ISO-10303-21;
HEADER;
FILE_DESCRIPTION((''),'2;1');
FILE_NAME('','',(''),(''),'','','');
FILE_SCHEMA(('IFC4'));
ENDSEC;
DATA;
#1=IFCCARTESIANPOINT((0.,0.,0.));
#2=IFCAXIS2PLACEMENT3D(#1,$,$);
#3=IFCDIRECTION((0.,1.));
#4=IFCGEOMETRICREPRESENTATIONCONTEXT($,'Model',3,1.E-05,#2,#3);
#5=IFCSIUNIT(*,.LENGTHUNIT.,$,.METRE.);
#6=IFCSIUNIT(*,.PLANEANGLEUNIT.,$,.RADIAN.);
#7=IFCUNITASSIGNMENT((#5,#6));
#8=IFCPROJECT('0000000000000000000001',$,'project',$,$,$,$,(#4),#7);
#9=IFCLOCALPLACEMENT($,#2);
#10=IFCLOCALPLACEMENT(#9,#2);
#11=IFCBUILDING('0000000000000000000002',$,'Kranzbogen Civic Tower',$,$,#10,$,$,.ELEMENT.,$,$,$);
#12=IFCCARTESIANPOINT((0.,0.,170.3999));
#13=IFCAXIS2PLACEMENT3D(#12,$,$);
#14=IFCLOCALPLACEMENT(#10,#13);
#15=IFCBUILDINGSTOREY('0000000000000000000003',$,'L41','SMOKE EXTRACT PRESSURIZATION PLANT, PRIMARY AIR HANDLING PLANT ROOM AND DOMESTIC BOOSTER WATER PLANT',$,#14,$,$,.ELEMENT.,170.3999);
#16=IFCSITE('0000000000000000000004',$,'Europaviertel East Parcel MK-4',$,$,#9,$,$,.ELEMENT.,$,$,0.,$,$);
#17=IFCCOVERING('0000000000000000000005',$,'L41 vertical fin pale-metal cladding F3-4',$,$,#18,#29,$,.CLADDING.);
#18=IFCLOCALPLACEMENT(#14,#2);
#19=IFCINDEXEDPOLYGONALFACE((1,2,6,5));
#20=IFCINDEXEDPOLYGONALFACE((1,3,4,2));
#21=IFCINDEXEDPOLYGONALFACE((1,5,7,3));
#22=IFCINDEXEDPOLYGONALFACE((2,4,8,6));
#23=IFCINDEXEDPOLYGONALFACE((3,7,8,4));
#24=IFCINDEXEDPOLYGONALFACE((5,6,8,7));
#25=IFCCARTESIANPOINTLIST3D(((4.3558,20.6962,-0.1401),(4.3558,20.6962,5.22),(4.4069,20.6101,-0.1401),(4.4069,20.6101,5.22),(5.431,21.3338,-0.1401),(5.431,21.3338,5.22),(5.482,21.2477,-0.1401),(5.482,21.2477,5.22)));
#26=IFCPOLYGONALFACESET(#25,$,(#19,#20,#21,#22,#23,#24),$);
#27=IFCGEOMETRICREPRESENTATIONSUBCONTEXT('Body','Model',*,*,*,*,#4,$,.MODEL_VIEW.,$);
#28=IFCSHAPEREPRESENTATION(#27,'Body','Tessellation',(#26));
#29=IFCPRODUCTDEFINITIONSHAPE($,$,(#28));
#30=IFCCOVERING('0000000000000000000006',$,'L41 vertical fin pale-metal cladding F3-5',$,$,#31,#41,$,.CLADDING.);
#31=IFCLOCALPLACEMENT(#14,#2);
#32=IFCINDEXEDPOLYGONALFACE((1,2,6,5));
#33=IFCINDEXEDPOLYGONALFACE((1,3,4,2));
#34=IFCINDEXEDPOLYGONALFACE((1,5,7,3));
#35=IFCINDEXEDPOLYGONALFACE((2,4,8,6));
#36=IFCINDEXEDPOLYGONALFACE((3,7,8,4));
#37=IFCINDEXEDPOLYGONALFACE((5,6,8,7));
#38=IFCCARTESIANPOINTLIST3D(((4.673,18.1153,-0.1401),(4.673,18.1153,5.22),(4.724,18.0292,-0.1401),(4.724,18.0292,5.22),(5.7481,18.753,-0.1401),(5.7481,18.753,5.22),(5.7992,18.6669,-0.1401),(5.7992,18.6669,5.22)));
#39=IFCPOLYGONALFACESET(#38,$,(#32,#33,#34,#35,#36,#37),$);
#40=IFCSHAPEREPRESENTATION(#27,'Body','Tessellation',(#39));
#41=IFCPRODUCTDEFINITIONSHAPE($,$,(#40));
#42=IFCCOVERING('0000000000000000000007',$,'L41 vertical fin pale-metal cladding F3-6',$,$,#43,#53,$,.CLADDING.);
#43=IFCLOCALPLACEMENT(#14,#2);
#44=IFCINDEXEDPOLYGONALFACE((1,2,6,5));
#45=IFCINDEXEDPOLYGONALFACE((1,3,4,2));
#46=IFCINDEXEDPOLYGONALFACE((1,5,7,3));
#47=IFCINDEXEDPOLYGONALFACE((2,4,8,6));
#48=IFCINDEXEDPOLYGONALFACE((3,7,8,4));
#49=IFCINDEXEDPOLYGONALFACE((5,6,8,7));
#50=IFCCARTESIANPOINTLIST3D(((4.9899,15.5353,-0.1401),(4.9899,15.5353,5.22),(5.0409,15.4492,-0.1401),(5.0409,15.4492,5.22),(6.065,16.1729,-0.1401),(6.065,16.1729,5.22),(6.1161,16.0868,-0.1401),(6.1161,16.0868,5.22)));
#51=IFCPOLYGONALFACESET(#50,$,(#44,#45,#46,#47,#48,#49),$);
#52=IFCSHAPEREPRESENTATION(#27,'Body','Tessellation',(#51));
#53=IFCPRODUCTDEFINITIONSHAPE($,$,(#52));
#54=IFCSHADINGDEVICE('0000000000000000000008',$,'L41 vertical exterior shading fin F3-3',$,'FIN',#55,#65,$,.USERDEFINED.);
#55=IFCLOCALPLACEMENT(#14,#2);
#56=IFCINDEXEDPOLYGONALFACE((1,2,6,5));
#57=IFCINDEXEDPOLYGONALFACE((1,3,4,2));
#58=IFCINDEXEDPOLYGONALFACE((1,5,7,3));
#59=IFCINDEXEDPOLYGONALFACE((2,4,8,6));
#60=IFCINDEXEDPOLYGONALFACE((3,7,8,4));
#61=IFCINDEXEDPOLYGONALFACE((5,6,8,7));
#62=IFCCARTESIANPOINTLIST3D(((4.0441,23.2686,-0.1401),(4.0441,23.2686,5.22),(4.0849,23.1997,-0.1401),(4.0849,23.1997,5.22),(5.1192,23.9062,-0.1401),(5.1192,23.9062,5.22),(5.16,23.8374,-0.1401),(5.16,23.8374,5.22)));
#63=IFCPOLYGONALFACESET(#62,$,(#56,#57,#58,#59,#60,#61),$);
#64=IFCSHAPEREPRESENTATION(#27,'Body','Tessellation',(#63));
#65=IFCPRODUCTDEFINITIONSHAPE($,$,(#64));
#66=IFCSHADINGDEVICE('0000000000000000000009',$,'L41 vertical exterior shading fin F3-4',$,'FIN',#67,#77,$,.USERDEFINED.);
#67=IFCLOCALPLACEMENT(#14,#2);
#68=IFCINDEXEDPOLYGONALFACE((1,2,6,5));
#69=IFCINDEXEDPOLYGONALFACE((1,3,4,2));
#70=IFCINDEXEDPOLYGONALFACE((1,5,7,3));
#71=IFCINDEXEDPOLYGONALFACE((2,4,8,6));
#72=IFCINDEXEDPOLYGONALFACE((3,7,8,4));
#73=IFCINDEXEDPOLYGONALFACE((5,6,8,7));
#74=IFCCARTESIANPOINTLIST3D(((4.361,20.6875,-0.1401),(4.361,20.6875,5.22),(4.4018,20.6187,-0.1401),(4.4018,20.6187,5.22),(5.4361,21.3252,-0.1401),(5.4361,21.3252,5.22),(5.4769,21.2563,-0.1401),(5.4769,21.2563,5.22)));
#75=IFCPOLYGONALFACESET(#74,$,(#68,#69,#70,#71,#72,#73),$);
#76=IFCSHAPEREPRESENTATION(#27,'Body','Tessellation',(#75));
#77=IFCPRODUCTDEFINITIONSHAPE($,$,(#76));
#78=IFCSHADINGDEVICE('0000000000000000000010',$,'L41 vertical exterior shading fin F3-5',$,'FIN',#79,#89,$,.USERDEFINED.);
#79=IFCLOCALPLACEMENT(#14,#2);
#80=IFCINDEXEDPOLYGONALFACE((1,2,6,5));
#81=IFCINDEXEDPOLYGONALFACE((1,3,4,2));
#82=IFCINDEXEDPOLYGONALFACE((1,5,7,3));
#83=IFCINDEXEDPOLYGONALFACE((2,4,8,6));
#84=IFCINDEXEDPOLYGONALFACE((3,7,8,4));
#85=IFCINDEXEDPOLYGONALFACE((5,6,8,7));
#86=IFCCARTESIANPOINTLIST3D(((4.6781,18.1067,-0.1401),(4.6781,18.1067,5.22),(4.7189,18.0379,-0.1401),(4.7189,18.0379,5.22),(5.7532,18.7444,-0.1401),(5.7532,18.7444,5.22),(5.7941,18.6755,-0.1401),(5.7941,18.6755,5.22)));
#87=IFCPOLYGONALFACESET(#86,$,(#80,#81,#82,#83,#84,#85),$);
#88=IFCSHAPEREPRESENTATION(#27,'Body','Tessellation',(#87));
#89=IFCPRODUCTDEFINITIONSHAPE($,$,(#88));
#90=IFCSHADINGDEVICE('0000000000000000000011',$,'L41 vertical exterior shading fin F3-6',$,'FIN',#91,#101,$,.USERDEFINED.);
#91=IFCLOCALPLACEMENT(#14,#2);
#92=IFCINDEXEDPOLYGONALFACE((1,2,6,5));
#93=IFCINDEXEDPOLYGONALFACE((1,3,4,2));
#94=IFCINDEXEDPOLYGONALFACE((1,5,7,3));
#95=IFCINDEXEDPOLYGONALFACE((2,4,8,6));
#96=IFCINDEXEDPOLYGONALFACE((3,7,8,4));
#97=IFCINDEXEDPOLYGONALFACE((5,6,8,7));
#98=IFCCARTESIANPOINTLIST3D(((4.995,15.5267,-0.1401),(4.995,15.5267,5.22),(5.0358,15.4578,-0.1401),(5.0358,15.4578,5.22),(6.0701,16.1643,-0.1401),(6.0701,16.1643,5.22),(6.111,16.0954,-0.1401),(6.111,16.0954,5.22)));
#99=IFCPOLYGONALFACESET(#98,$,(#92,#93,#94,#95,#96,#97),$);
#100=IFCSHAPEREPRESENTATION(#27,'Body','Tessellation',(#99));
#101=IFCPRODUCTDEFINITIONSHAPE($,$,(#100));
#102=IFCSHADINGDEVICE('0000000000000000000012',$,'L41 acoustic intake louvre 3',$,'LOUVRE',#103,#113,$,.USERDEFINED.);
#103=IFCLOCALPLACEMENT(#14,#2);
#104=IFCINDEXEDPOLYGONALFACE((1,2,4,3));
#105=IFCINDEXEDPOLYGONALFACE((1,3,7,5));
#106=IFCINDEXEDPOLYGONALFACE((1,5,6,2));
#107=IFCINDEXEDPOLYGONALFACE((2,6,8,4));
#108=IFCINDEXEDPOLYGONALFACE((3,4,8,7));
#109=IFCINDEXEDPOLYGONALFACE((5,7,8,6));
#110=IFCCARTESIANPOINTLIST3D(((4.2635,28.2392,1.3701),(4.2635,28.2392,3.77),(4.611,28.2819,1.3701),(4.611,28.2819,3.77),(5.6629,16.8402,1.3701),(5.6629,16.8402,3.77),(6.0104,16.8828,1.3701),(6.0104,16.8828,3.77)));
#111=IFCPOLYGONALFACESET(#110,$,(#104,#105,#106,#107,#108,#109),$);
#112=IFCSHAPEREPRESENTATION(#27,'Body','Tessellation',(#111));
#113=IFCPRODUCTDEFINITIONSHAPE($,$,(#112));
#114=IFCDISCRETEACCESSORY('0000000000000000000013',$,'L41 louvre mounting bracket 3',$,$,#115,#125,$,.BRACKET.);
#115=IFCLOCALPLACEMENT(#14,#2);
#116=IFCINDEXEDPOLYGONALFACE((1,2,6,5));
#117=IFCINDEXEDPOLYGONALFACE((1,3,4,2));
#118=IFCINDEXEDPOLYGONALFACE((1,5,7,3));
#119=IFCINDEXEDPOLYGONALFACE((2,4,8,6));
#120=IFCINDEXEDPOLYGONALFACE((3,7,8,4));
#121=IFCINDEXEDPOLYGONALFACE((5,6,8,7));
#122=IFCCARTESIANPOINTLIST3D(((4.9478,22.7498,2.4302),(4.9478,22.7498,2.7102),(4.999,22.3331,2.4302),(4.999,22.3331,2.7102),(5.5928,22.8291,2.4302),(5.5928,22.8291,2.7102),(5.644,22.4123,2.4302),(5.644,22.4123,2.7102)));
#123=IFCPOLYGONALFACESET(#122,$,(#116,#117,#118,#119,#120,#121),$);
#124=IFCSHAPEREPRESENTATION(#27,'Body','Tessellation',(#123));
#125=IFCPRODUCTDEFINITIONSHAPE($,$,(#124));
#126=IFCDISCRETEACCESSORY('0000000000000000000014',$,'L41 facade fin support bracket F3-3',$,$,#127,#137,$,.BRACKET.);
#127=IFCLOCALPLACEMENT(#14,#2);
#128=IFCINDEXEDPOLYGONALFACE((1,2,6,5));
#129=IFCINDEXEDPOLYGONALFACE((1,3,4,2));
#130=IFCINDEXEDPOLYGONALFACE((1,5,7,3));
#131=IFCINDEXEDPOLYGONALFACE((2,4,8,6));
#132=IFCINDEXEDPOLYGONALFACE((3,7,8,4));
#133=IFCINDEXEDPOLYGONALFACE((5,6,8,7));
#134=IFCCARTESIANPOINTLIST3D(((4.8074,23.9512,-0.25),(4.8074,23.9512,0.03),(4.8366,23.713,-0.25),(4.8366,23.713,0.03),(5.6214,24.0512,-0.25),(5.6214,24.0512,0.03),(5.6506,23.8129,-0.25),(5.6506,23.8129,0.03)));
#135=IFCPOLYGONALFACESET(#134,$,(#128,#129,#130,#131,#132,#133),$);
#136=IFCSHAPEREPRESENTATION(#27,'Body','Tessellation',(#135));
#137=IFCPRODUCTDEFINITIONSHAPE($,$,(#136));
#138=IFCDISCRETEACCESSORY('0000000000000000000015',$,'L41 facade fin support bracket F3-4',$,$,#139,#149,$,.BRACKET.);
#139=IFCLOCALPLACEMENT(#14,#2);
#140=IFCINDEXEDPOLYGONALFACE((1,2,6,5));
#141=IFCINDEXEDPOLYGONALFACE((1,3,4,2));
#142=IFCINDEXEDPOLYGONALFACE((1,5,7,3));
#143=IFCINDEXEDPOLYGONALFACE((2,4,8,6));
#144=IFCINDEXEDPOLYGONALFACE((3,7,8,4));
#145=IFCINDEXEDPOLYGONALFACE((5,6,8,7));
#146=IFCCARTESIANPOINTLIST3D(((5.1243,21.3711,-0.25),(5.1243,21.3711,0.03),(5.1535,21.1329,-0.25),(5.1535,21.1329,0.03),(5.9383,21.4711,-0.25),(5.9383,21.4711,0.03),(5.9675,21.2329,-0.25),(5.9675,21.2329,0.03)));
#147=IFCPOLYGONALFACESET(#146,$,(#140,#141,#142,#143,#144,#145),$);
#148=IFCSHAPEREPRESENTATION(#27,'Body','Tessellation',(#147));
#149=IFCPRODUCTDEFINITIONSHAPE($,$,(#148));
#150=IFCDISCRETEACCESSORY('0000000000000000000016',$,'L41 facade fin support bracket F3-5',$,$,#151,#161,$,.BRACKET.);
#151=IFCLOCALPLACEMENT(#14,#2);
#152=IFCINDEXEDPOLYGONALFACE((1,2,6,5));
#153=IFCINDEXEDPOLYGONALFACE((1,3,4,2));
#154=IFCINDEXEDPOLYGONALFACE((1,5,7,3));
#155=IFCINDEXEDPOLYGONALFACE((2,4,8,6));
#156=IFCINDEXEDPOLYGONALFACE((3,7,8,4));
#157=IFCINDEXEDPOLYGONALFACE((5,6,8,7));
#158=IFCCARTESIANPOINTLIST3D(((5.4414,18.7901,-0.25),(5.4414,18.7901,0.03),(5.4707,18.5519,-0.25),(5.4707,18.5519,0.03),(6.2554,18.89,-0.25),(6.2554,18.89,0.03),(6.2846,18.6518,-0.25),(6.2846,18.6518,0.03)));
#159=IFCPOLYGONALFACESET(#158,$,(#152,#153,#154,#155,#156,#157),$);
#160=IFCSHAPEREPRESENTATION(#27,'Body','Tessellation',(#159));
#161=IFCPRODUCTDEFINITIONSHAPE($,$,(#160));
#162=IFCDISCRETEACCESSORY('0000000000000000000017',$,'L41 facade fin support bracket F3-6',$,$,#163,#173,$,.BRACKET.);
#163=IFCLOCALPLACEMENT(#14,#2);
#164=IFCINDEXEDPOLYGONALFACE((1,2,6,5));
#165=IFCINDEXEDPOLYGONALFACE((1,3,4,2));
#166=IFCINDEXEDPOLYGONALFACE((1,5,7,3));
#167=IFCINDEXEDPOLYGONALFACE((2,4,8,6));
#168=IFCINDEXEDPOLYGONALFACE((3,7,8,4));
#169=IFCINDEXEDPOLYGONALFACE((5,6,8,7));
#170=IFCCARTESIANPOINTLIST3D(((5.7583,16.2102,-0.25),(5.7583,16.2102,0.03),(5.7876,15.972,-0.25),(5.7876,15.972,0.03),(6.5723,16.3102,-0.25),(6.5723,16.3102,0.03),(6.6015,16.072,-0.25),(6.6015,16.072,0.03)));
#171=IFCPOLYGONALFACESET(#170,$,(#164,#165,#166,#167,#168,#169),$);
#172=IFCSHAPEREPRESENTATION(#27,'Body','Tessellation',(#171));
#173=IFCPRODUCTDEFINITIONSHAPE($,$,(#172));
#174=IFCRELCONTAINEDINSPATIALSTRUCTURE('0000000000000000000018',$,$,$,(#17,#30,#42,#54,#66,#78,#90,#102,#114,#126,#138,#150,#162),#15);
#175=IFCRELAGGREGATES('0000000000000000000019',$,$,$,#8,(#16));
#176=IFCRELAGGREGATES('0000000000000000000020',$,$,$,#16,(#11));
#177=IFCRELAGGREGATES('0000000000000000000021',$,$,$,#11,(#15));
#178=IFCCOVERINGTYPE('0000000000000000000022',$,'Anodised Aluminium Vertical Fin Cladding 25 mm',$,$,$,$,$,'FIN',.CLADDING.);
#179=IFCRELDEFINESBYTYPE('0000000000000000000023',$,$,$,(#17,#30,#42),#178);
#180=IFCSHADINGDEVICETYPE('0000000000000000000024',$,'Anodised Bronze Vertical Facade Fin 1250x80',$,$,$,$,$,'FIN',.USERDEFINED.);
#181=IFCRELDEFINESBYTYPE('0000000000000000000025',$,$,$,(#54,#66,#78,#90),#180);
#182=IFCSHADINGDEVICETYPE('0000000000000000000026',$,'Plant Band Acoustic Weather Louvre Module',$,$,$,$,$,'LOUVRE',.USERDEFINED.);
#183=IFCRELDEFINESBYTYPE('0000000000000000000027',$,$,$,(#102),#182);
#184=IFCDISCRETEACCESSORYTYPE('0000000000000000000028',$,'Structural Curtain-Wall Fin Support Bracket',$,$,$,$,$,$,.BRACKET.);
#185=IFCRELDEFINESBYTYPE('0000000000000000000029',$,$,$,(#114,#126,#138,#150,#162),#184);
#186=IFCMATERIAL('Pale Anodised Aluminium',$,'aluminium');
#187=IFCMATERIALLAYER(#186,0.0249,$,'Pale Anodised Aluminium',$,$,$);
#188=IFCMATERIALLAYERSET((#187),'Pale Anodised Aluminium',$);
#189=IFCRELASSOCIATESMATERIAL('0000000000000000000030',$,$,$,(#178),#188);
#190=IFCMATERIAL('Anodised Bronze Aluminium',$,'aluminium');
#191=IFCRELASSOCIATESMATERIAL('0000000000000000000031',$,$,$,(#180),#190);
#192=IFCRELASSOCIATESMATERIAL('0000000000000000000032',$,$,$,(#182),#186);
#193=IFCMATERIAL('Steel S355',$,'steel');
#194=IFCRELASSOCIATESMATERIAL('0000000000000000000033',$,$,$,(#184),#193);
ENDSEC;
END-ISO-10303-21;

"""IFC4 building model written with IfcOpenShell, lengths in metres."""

from ifc_helpers import new_model, si_unit, direction, frame, origin, origin_2d, place, context, subcontext, project, spatial, rectangle, extrude, material, layer, layer_set, type_object, element, save


model = new_model("IFC4")

# Units and contexts
model_context = context("Model", 3, precision=1e-05, world=origin(), true_north=direction((0.0, 1.0)))
body_context = subcontext(model_context, "Body", "Model", "MODEL_VIEW")
ifc_project = project(units=[si_unit("LENGTHUNIT", "METRE"), si_unit("PLANEANGLEUNIT", "RADIAN")], contexts=[model_context])

# Site, building, storey
site_placement = place(None, origin())
site = spatial("IfcSite", under=ifc_project, at=site_placement, Name="Europaviertel East Parcel MK-4", CompositionType="ELEMENT", RefElevation=0.0)
building_placement = place(site_placement, origin())
building = spatial("IfcBuilding", under=site, at=building_placement, Name="Kranzbogen Civic Tower", CompositionType="ELEMENT")
storey_placement = place(building_placement, frame((0.0, 0.0, 170.3999)))
storey = spatial("IfcBuildingStorey", under=building, at=storey_placement, Name="L41", Description="SMOKE EXTRACT PRESSURIZATION PLANT, PRIMARY AIR HANDLING PLANT ROOM AND DOMESTIC BOOSTER WATER PLANT", CompositionType="ELEMENT", Elevation=170.3999)

# Shared definitions
ifc_material_1 = material(Name="Steel S355", Category="steel")

# Shared definitions
ifc_material_2 = material(Name="Pale Anodised Aluminium", Category="aluminium")

# Coverings
ifc_layer_1 = layer(ifc_material_2, 0.0249, Name="Pale Anodised Aluminium")
ifc_layer_set_1 = layer_set([ifc_layer_1], Name="Pale Anodised Aluminium")
covering_type = type_object("IfcCoveringType", Name="Anodised Aluminium Vertical Fin Cladding 25 mm", ElementType="FIN", PredefinedType="CLADDING", material=ifc_layer_set_1)
for number, where, z_axis, x_axis, name in (
    (1, (4.9189, 20.9719, -0.1401), (0.0, 0.0, 1.0), (-0.860111, -0.510108, 0.0), "L41 vertical fin pale-metal cladding F3-4"),
    (2, (5.2361, 18.3911, -0.1401), (0.0, 0.0, 1.0), (-0.860111, -0.510108, 0.0), "L41 vertical fin pale-metal cladding F3-5"),
    (3, (5.553, 15.811, -0.1401), (0.0, 0.0, 1.0), (-0.860111, -0.510108, 0.0), "L41 vertical fin pale-metal cladding F3-6"),
):
    element("IfcCovering", number, at=place(storey_placement, frame(where, z_axis=z_axis, x_axis=x_axis)), inside=storey, type_object=covering_type, Name=name, PredefinedType="CLADDING", context=body_context, shape_type="SweptSolid", body=[
        extrude(rectangle(XDim=1.25, YDim=0.1001, at=origin_2d()), origin(), (0.0, 0.0, 1.0), 5.3601),
    ])

# Shading devices
ifc_material_3 = material(Name="Anodised Bronze Aluminium", Category="aluminium")
shading_device_type_1 = type_object("IfcShadingDeviceType", Name="Anodised Bronze Vertical Facade Fin 1250x80", ElementType="FIN", PredefinedType="USERDEFINED", material=ifc_material_3)
for number, where, z_axis, x_axis, name in (
    (4, (4.6021, 23.553, -0.1401), (0.0, 0.0, 1.0), (-0.860111, -0.510108, 0.0), "L41 vertical exterior shading fin F3-3"),
    (5, (4.9189, 20.9719, -0.1401), (0.0, 0.0, 1.0), (-0.860111, -0.510108, 0.0), "L41 vertical exterior shading fin F3-4"),
    (6, (5.2361, 18.3911, -0.1401), (0.0, 0.0, 1.0), (-0.860111, -0.510108, 0.0), "L41 vertical exterior shading fin F3-5"),
    (7, (5.553, 15.811, -0.1401), (0.0, 0.0, 1.0), (-0.860111, -0.510108, 0.0), "L41 vertical exterior shading fin F3-6"),
):
    element("IfcShadingDevice", number, at=place(storey_placement, frame(where, z_axis=z_axis, x_axis=x_axis)), inside=storey, type_object=shading_device_type_1, Name=name, ObjectType="FIN", PredefinedType="USERDEFINED", context=body_context, shape_type="SweptSolid", body=[
        extrude(rectangle(XDim=1.25, YDim=0.0801, at=origin_2d()), origin(), (0.0, 0.0, 1.0), 5.3601),
    ])
shading_device_type_2 = type_object("IfcShadingDeviceType", Name="Plant Band Acoustic Weather Louvre Module", ElementType="LOUVRE", PredefinedType="USERDEFINED", material=ifc_material_2)
shading_device_placement = place(storey_placement, frame((5.137, 22.561, 1.3701), z_axis=(0.0, 0.0, 1.0), x_axis=(0.121852, -0.992548, 0.0)))
element("IfcShadingDevice", 8, at=shading_device_placement, inside=storey, type_object=shading_device_type_2, Name="L41 acoustic intake louvre 3", ObjectType="LOUVRE", PredefinedType="USERDEFINED", context=body_context, shape_type="SweptSolid", body=[
    extrude(rectangle(XDim=11.4846, YDim=0.3501, at=origin_2d()), origin(), (0.0, 0.0, 1.0), 2.3999),
])

# Discrete accessories
discrete_accessory_type = type_object("IfcDiscreteAccessoryType", Name="Structural Curtain-Wall Fin Support Bracket", PredefinedType="BRACKET", material=ifc_material_1)
discrete_accessory_placement = place(storey_placement, frame((5.2959, 22.5811, 2.4302), z_axis=(0.0, 0.0, 1.0), x_axis=(-0.992546, -0.121869, 0.0)))
element("IfcDiscreteAccessory", 9, at=discrete_accessory_placement, inside=storey, type_object=discrete_accessory_type, Name="L41 louvre mounting bracket 3", PredefinedType="BRACKET", context=body_context, shape_type="SweptSolid", body=[
    extrude(rectangle(XDim=0.6499, YDim=0.4199, at=origin_2d()), origin(), (0.0, 0.0, 1.0), 0.28),
])
for number, where, z_axis, x_axis, name in (
    (10, (5.229, 23.8821, -0.25), (0.0, 0.0, 1.0), (-0.992546, -0.121869, 0.0), "L41 facade fin support bracket F3-3"),
    (11, (5.5459, 21.302, -0.25), (0.0, 0.0, 1.0), (-0.992546, -0.121869, 0.0), "L41 facade fin support bracket F3-4"),
    (12, (5.863, 18.7209, -0.25), (0.0, 0.0, 1.0), (-0.992546, -0.121869, 0.0), "L41 facade fin support bracket F3-5"),
    (13, (6.1799, 16.1411, -0.25), (0.0, 0.0, 1.0), (-0.992546, -0.121869, 0.0), "L41 facade fin support bracket F3-6"),
):
    element("IfcDiscreteAccessory", number, at=place(storey_placement, frame(where, z_axis=z_axis, x_axis=x_axis)), inside=storey, type_object=discrete_accessory_type, Name=name, PredefinedType="BRACKET", context=body_context, shape_type="SweptSolid", body=[
        extrude(rectangle(XDim=0.8201, YDim=0.24, at=origin_2d()), origin(), (0.0, 0.0, 1.0), 0.28),
    ])

save(model, "model.ifc")
